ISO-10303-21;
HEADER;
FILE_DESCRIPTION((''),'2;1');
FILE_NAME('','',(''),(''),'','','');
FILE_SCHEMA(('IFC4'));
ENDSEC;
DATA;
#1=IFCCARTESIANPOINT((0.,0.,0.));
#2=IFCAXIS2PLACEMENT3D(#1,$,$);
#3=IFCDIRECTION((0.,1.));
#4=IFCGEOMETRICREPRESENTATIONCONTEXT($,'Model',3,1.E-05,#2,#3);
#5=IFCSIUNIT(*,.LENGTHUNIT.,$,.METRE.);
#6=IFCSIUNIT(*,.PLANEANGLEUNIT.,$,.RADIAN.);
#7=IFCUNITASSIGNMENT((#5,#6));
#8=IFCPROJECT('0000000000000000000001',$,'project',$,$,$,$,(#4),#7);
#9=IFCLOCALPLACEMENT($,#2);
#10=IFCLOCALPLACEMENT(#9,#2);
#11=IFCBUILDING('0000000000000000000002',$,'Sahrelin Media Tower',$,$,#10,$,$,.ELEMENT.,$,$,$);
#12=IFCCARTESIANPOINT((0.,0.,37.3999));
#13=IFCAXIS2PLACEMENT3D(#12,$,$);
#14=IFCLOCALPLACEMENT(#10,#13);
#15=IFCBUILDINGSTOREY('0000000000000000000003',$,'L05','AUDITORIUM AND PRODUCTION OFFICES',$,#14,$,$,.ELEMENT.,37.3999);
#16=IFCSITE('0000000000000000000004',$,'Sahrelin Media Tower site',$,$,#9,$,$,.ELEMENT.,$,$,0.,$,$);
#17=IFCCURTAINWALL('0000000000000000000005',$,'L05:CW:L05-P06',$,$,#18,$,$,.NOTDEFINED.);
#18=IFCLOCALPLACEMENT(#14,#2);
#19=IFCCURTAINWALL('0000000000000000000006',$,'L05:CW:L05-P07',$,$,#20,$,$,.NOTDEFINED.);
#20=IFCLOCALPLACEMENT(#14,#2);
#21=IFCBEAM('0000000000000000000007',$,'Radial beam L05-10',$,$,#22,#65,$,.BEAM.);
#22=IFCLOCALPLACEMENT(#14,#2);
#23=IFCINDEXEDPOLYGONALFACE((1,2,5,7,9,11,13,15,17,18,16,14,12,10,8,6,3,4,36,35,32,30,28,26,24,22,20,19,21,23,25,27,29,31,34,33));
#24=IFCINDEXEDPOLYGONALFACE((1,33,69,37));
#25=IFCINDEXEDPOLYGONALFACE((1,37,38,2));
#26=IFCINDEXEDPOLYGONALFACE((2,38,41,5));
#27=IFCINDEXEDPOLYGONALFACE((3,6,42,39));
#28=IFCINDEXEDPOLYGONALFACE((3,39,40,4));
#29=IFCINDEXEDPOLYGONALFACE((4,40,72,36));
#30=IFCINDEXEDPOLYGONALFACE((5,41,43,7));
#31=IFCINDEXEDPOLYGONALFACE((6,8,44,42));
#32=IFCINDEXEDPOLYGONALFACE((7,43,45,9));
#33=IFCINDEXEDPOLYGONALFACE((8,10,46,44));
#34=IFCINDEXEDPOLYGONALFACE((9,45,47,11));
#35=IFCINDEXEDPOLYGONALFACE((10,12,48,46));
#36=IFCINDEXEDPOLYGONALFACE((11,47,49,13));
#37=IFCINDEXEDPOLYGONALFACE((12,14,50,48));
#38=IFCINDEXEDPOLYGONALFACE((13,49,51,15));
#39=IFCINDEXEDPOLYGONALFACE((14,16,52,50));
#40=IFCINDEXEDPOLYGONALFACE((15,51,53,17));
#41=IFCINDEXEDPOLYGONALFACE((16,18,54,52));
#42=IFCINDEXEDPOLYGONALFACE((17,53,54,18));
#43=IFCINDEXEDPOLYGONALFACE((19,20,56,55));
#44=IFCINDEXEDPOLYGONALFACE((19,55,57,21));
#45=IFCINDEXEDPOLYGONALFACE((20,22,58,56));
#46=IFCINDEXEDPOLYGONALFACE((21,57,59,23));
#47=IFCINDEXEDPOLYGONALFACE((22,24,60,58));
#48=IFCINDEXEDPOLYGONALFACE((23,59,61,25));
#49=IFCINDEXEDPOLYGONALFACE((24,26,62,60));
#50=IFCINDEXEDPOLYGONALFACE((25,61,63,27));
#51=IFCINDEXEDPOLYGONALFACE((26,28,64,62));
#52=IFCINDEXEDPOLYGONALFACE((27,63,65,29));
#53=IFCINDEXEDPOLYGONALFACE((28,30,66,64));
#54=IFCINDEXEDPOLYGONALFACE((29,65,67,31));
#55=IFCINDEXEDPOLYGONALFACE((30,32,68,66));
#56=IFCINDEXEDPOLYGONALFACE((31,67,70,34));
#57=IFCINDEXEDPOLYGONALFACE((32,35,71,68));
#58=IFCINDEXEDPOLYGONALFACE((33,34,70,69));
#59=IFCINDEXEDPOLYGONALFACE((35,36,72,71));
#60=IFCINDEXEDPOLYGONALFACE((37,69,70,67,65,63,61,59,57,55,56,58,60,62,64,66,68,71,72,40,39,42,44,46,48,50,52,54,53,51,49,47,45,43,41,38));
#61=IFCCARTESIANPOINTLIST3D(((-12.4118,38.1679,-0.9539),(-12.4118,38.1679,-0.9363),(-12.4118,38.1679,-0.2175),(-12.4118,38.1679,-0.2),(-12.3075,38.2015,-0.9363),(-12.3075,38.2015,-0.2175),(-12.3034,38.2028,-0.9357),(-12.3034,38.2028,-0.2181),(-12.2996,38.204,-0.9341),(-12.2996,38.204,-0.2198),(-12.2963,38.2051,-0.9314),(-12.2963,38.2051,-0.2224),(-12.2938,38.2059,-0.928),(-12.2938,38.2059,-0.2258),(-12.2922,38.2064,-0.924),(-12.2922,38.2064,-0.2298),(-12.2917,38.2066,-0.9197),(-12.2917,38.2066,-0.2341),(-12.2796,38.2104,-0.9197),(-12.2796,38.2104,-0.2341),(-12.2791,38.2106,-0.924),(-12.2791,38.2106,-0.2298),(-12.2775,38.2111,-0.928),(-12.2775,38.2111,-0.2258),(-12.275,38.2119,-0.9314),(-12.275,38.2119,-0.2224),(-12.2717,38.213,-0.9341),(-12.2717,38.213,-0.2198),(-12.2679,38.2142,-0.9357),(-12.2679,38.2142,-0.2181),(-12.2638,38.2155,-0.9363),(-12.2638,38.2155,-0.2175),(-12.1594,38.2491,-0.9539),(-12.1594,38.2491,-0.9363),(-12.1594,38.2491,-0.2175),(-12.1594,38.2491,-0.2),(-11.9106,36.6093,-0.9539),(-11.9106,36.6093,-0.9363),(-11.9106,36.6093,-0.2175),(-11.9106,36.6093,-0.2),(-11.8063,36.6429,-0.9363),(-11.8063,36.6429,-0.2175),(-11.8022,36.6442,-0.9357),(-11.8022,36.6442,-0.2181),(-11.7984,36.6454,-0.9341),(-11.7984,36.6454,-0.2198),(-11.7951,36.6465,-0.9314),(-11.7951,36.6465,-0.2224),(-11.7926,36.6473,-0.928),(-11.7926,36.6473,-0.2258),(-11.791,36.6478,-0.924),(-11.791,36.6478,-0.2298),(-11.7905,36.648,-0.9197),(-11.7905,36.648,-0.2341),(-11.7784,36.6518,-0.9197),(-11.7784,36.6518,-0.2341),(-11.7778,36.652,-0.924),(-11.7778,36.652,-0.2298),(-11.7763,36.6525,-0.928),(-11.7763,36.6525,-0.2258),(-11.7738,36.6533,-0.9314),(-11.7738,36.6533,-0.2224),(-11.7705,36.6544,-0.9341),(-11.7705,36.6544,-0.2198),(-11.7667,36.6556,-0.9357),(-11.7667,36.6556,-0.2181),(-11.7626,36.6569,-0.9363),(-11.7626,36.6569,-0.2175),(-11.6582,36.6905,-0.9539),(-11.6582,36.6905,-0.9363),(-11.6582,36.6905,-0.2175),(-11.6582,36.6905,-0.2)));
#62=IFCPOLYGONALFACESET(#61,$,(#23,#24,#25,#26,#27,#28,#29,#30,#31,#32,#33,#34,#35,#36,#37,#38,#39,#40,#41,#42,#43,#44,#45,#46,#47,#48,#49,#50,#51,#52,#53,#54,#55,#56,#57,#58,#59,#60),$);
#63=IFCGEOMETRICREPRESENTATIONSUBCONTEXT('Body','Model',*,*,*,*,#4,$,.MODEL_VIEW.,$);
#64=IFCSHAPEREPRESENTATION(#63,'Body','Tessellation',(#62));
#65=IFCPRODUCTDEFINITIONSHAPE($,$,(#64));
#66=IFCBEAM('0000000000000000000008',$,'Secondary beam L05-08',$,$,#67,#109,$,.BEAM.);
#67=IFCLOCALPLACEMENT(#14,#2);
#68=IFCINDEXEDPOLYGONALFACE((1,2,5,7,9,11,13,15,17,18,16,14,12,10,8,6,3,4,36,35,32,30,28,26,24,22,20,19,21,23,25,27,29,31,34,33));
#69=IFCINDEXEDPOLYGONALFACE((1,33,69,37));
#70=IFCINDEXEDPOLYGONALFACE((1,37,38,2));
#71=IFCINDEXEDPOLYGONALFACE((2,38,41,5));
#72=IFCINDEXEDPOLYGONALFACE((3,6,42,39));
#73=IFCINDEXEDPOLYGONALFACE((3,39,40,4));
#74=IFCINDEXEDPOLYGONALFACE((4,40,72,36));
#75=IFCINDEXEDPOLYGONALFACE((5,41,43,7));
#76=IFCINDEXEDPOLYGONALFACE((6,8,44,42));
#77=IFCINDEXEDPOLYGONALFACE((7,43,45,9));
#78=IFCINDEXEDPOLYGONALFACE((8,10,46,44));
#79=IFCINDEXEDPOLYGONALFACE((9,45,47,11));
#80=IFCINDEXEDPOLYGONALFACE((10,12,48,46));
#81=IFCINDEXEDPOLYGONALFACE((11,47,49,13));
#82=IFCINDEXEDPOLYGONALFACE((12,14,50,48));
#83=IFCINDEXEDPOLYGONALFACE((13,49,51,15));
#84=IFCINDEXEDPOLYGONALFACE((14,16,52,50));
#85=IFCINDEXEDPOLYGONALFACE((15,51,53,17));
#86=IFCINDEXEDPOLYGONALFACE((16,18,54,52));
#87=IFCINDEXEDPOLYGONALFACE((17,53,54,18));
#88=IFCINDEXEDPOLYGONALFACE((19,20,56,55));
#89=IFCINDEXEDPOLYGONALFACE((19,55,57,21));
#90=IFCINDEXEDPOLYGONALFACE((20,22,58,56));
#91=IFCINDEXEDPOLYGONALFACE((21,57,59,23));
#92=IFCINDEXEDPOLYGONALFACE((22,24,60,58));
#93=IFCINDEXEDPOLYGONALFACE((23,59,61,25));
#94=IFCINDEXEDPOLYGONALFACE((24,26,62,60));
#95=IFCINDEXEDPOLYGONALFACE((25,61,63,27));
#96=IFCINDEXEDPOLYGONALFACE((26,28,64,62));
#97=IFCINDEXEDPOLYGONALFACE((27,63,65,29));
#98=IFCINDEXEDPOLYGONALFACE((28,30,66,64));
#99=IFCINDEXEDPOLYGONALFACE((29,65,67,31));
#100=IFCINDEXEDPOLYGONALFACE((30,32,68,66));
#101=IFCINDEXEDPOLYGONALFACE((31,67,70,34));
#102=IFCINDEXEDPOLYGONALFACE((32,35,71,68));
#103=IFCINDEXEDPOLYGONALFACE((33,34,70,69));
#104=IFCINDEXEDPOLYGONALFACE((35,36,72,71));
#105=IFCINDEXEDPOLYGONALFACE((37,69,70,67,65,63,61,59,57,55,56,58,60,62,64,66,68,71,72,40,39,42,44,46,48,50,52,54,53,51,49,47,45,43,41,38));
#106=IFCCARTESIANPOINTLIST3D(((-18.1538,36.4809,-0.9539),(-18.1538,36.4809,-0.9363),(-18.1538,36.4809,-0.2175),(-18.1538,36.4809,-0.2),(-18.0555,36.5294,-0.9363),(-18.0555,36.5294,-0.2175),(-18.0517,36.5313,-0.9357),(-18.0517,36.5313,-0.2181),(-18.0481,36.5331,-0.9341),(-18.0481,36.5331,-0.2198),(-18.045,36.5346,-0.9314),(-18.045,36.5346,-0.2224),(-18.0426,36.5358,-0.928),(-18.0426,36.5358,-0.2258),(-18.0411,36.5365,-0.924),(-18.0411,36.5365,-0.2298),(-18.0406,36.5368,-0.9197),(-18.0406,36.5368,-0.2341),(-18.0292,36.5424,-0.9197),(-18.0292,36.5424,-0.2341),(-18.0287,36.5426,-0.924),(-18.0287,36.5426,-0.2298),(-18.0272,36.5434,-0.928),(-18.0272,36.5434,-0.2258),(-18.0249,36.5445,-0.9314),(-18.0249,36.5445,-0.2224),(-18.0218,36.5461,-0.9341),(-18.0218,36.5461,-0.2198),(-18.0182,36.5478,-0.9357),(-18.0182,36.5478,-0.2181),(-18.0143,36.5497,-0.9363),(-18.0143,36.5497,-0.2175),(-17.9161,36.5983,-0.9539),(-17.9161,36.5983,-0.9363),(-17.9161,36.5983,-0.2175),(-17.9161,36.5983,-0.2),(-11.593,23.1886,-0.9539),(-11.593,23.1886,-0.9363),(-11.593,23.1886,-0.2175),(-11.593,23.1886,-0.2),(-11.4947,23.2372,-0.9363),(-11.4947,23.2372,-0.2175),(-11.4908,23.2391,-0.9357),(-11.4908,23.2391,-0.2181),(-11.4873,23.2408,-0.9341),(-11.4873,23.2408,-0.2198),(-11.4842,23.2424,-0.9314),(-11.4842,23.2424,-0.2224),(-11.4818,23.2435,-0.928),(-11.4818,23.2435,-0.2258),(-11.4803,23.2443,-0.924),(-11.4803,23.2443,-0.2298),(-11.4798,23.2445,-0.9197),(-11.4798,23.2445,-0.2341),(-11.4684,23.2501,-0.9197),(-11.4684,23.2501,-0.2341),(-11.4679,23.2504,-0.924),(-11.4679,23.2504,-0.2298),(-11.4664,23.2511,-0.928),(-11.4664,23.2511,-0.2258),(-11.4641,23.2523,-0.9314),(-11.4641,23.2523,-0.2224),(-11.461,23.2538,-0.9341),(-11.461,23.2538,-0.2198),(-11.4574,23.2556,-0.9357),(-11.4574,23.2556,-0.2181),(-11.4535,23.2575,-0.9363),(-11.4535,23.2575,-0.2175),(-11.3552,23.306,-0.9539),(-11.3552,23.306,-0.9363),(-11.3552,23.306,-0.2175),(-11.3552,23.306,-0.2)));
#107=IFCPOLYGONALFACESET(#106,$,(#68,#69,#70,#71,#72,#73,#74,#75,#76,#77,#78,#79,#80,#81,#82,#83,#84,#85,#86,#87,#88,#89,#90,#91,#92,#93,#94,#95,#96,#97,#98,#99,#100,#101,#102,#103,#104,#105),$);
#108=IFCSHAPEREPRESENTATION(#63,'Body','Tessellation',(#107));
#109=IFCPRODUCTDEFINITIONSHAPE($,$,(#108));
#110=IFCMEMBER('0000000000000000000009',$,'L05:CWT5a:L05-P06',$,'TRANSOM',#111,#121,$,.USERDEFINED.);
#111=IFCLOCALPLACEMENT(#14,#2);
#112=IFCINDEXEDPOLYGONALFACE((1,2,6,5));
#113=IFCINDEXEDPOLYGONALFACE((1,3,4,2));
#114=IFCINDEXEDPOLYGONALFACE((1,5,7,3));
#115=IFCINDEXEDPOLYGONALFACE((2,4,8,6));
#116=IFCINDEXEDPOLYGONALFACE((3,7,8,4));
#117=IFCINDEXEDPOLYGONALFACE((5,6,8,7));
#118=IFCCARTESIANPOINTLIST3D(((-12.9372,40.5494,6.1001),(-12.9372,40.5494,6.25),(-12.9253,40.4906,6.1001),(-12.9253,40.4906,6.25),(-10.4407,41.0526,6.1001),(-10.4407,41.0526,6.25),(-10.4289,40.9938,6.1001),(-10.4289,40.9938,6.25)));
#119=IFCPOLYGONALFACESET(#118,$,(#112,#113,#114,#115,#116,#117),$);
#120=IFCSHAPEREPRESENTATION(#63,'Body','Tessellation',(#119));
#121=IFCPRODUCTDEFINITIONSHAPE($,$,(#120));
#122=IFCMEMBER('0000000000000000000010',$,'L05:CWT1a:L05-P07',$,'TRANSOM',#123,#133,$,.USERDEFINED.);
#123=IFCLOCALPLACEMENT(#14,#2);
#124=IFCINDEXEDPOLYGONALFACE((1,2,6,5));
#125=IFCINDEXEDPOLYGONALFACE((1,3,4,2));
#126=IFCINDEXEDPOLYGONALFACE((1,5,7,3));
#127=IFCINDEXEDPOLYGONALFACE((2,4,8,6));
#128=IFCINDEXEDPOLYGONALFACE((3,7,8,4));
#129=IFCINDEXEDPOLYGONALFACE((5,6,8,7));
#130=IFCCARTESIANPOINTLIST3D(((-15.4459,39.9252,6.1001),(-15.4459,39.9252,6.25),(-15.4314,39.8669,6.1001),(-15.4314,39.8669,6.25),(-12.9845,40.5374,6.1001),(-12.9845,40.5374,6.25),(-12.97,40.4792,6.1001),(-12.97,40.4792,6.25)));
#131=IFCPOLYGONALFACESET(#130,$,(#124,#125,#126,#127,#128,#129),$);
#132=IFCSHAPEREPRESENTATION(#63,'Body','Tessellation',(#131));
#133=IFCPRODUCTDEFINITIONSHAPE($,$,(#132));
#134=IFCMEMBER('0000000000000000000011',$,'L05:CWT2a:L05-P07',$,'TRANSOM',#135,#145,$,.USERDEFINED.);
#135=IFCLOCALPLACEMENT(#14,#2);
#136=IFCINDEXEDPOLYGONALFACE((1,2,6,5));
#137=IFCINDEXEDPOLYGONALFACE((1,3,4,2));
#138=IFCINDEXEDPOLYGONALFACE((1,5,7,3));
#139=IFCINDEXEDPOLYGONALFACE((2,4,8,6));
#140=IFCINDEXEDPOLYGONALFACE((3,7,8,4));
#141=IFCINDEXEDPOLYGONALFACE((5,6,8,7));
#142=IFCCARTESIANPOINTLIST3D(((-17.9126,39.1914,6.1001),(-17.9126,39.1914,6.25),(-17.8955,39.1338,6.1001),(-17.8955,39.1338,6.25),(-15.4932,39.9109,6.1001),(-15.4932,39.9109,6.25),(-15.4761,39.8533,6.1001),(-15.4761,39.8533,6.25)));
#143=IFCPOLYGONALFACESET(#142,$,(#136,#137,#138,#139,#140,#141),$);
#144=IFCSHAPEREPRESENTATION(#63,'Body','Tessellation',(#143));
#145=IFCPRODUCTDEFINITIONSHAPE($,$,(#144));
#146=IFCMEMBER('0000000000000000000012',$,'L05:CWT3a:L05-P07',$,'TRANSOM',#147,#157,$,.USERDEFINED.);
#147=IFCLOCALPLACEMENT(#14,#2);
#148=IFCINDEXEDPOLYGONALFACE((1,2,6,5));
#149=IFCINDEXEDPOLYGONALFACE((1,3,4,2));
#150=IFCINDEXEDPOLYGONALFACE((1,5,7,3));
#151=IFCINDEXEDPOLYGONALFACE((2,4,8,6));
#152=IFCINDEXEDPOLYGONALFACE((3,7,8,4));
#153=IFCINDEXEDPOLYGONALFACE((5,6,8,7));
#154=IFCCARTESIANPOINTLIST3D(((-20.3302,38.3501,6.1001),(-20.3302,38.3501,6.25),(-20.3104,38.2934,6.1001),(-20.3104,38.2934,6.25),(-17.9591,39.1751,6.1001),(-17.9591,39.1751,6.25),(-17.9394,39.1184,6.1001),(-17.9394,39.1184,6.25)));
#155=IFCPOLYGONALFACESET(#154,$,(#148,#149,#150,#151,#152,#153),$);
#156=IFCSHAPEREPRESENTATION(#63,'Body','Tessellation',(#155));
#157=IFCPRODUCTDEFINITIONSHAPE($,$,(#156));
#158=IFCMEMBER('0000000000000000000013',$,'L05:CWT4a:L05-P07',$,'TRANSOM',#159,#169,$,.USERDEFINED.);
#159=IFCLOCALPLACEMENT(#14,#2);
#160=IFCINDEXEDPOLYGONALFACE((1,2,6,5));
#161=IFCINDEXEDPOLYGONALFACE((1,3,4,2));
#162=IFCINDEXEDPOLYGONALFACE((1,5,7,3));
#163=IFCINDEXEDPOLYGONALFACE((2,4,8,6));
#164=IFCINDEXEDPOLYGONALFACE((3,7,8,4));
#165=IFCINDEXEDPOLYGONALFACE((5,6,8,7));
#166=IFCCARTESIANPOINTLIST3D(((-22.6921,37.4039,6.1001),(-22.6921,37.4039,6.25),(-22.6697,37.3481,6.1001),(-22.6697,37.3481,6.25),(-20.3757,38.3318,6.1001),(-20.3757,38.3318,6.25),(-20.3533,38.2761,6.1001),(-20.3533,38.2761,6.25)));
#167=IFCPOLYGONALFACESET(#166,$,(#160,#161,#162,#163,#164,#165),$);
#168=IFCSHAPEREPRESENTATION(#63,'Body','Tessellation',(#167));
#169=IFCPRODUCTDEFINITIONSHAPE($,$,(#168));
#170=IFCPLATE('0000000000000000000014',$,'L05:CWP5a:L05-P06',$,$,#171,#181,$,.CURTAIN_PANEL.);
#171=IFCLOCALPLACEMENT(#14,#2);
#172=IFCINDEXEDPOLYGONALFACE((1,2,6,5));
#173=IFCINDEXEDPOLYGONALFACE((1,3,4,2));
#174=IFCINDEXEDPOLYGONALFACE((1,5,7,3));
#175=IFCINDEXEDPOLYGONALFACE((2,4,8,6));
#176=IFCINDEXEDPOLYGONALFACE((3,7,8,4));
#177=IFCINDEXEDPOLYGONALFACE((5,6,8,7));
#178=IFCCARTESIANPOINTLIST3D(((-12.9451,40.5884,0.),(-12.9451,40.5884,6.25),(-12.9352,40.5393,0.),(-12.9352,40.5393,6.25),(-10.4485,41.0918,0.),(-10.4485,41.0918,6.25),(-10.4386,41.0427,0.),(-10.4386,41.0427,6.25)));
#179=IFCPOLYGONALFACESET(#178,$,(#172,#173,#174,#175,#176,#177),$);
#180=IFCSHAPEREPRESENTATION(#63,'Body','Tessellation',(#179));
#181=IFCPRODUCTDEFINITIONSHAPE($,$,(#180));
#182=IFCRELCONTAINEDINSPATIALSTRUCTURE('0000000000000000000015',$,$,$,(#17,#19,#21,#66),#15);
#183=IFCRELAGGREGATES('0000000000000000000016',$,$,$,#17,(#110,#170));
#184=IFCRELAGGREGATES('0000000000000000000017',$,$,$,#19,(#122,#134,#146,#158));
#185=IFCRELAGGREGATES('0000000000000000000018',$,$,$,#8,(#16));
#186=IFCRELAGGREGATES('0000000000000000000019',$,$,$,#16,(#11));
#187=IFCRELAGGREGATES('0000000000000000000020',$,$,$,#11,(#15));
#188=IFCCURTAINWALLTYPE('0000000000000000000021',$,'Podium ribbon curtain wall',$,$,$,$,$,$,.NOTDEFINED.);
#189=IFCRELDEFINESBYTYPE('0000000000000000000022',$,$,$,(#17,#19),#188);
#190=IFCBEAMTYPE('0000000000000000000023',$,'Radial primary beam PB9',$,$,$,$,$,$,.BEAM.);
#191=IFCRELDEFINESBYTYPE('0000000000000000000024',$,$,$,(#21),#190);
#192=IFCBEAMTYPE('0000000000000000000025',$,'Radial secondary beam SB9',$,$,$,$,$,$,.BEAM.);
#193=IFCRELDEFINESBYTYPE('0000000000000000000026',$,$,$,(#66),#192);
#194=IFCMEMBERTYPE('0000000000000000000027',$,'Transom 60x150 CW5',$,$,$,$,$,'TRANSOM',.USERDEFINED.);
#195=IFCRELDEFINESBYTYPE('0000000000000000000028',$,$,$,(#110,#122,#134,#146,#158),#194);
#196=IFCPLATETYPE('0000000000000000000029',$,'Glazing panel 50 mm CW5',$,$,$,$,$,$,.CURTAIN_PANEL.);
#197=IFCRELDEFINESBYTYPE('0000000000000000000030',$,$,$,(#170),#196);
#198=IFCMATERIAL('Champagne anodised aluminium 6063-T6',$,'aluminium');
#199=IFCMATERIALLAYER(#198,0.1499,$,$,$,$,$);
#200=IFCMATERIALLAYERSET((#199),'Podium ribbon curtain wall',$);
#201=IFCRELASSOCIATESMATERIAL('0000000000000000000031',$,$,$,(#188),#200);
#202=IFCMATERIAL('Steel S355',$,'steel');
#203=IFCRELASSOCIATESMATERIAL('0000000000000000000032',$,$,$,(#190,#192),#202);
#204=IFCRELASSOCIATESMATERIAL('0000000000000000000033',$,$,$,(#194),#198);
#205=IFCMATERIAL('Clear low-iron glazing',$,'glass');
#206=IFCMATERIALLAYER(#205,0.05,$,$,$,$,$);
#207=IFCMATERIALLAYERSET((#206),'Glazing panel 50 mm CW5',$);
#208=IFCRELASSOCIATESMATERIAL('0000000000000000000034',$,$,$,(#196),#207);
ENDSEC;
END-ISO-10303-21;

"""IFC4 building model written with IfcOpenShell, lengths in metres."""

from ifc_helpers import new_model, si_unit, direction, frame, origin, origin_2d, place, context, subcontext, project, spatial, polyline, rectangle, i_section, outline, extrude, material, layer, layer_set, material_profile, profile_set, type_object, element, aggregate, save


model = new_model("IFC4")

# Units and contexts
model_context = context("Model", 3, precision=1e-05, world=origin(), true_north=direction((0.0, 1.0)))
body_context = subcontext(model_context, "Body", "Model", "MODEL_VIEW")
ifc_project = project(units=[si_unit("LENGTHUNIT", "METRE"), si_unit("PLANEANGLEUNIT", "RADIAN")], contexts=[model_context])

# Site, building, storey
site_placement = place(None, origin())
site = spatial("IfcSite", under=ifc_project, at=site_placement, Name="Sahrelin Media Tower site", CompositionType="ELEMENT", RefElevation=0.0)
building_placement = place(site_placement, origin())
building = spatial("IfcBuilding", under=site, at=building_placement, Name="Sahrelin Media Tower", CompositionType="ELEMENT")
storey_placement = place(building_placement, frame((0.0, 0.0, 37.3999)))
storey = spatial("IfcBuildingStorey", under=building, at=storey_placement, Name="L05", Description="AUDITORIUM AND PRODUCTION OFFICES", CompositionType="ELEMENT", Elevation=37.3999)

# Shared definitions
ifc_material_1 = material(Name="Steel S355", Category="steel")

# Curtain wall
ifc_material_2 = material(Name="Champagne anodised aluminium 6063-T6", Category="aluminium")
ifc_layer_1 = layer(ifc_material_2, 0.1499)
ifc_layer_set_1 = layer_set([ifc_layer_1], Name="Podium ribbon curtain wall")
curtain_wall_type = type_object("IfcCurtainWallType", Name="Podium ribbon curtain wall", PredefinedType="NOTDEFINED", material=ifc_layer_set_1)
curtain_wall_1_placement = place(storey_placement, frame((0.0, 42.0, 0.0), z_axis=(0.0, 0.0, 1.0), x_axis=(1.0, 0.0, 0.0)))
curtain_wall_1 = element("IfcCurtainWall", 1, at=curtain_wall_1_placement, inside=storey, type_object=curtain_wall_type, Name="L05:CW:L05-P06", PredefinedType="NOTDEFINED")

# Curtain wall
curtain_wall_2_placement = place(storey_placement, frame((-12.9409, 40.5688, 0.0), z_axis=(0.0, 0.0, 1.0), x_axis=(1.0, 0.0, 0.0)))
curtain_wall_2 = element("IfcCurtainWall", 2, at=curtain_wall_2_placement, inside=storey, type_object=curtain_wall_type, Name="L05:CW:L05-P07", PredefinedType="NOTDEFINED")

# Beams
ifc_material_profile_1 = material_profile(ifc_material_1, i_section(OverallWidth=0.2651, OverallDepth=0.7539, WebThickness=0.0127, FlangeThickness=0.0176, FilletRadius=0.0166, at=origin_2d()), Name="UB 762x267x147")
ifc_profile_set_1 = profile_set([ifc_material_profile_1], Name="Steel S355")
beam_type_1 = type_object("IfcBeamType", Name="Radial primary beam PB9", PredefinedType="BEAM", material=ifc_profile_set_1)
beam_1_placement = place(storey_placement, frame((-11.7844, 36.6499, -0.5769), z_axis=(-0.306144, 0.951985, 0.0), x_axis=(-0.951985, -0.306144, 0.0)))
element("IfcBeam", 3, at=beam_1_placement, inside=storey, type_object=beam_type_1, Name="Radial beam L05-10", PredefinedType="BEAM", context=body_context, shape_type="SweptSolid", body=[
    extrude(i_section(OverallWidth=0.2651, OverallDepth=0.7539, WebThickness=0.0127, FlangeThickness=0.0176, FilletRadius=0.0166, at=origin_2d()), origin(), (0.0, 0.0, 1.0), 1.6372),
])
ifc_material_profile_2 = material_profile(ifc_material_1, i_section(OverallWidth=0.2651, OverallDepth=0.7539, WebThickness=0.0127, FlangeThickness=0.0176, FilletRadius=0.0166, at=origin_2d()), Name="UB 762x267x147")
ifc_profile_set_2 = profile_set([ifc_material_profile_2], Name="Steel S355")
beam_type_2 = type_object("IfcBeamType", Name="Radial secondary beam SB9", PredefinedType="BEAM", material=ifc_profile_set_2)
beam_2_placement = place(storey_placement, frame((-11.4741, 23.2473, -0.5769), z_axis=(-0.442603, 0.896718, 0.0), x_axis=(-0.896718, -0.442603, 0.0)))
element("IfcBeam", 4, at=beam_2_placement, inside=storey, type_object=beam_type_2, Name="Secondary beam L05-08", PredefinedType="BEAM", context=body_context, shape_type="SweptSolid", body=[
    extrude(i_section(OverallWidth=0.2651, OverallDepth=0.7539, WebThickness=0.0127, FlangeThickness=0.0176, FilletRadius=0.0166, at=origin_2d()), origin(), (0.0, 0.0, 1.0), 14.8232),
])

# Members
ifc_material_profile_3 = material_profile(ifc_material_2, rectangle(XDim=0.0601, YDim=0.1499, at=origin_2d()), Name="Transom 60x150")
ifc_profile_set_3 = profile_set([ifc_material_profile_3], Name="Champagne anodised aluminium 6063-T6")
member_type_1 = type_object("IfcMemberType", Name="Transom 60x150 CW5", ElementType="TRANSOM", PredefinedType="USERDEFINED", material=ifc_profile_set_3)
member_1_placement = place(storey_placement, frame((-10.4348, 41.0232, 6.175), z_axis=(-0.980285, -0.197591, 0.0), x_axis=(0.197591, -0.980285, 0.0)))
member_1 = element("IfcMember", 5, at=member_1_placement, type_object=member_type_1, Name="L05:CWT5a:L05-P06", ObjectType="TRANSOM", PredefinedType="USERDEFINED", context=body_context, shape_type="SweptSolid", body=[
    extrude(rectangle(XDim=0.0601, YDim=0.1499, at=origin_2d()), origin(), (0.0, 0.0, 1.0), 2.5466),
])
member_2_placement = place(storey_placement, frame((-12.9773, 40.5083, 6.175), z_axis=(-0.970425, -0.241403, 0.0), x_axis=(0.241403, -0.970425, 0.0)))
member_2 = element("IfcMember", 6, at=member_2_placement, type_object=member_type_1, Name="L05:CWT1a:L05-P07", ObjectType="TRANSOM", PredefinedType="USERDEFINED", context=body_context, shape_type="SweptSolid", body=[
    extrude(rectangle(XDim=0.0601, YDim=0.1499, at=origin_2d()), origin(), (0.0, 0.0, 1.0), 2.5364),
])
member_3_placement = place(storey_placement, frame((-15.4846, 39.8821, 6.175), z_axis=(-0.958516, -0.28504, 0.0), x_axis=(0.28504, -0.958516, 0.0)))
member_3 = element("IfcMember", 7, at=member_3_placement, type_object=member_type_1, Name="L05:CWT2a:L05-P07", ObjectType="TRANSOM", PredefinedType="USERDEFINED", context=body_context, shape_type="SweptSolid", body=[
    extrude(rectangle(XDim=0.0601, YDim=0.1499, at=origin_2d()), origin(), (0.0, 0.0, 1.0), 2.5242),
])
member_4_placement = place(storey_placement, frame((-17.9492, 39.1467, 6.175), z_axis=(-0.944469, -0.3286, 0.0), x_axis=(0.3286, -0.944469, 0.0)))
member_4 = element("IfcMember", 8, at=member_4_placement, type_object=member_type_1, Name="L05:CWT3a:L05-P07", ObjectType="TRANSOM", PredefinedType="USERDEFINED", context=body_context, shape_type="SweptSolid", body=[
    extrude(rectangle(XDim=0.0601, YDim=0.1499, at=origin_2d()), origin(), (0.0, 0.0, 1.0), 2.5105),
])
member_5_placement = place(storey_placement, frame((-20.3645, 38.304, 6.175), z_axis=(-0.928281, -0.37188, 0.0), x_axis=(0.37188, -0.928281, 0.0)))
member_5 = element("IfcMember", 9, at=member_5_placement, type_object=member_type_1, Name="L05:CWT4a:L05-P07", ObjectType="TRANSOM", PredefinedType="USERDEFINED", context=body_context, shape_type="SweptSolid", body=[
    extrude(rectangle(XDim=0.0601, YDim=0.1499, at=origin_2d()), origin(), (0.0, 0.0, 1.0), 2.4954),
])

# Plate
ifc_material_3 = material(Name="Clear low-iron glazing", Category="glass")
ifc_layer_2 = layer(ifc_material_3, 0.05)
ifc_layer_set_2 = layer_set([ifc_layer_2], Name="Glazing panel 50 mm CW5")
plate_type = type_object("IfcPlateType", Name="Glazing panel 50 mm CW5", PredefinedType="CURTAIN_PANEL", material=ifc_layer_set_2)
plate_1_placement = place(storey_placement, frame((-10.4485, 41.0918, 0.0), z_axis=(-0.197664, 0.98027, 0.0), x_axis=(-0.98027, -0.197664, 0.0)))
plate_1 = element("IfcPlate", 10, at=plate_1_placement, type_object=plate_type, Name="L05:CWP5a:L05-P06", PredefinedType="CURTAIN_PANEL", context=body_context, shape_type="SweptSolid", body=[
    extrude(outline(polyline([(0.0, 0.0), (2.5469, 0.0), (2.5469, 6.25), (0.0, 6.25), (0.0, 0.0)])), origin(), (0.0, 0.0, -1.0), 0.05),
])
aggregate(curtain_wall_1, [member_1, plate_1])
aggregate(curtain_wall_2, [member_2, member_3, member_4, member_5])

save(model, "model.ifc")
